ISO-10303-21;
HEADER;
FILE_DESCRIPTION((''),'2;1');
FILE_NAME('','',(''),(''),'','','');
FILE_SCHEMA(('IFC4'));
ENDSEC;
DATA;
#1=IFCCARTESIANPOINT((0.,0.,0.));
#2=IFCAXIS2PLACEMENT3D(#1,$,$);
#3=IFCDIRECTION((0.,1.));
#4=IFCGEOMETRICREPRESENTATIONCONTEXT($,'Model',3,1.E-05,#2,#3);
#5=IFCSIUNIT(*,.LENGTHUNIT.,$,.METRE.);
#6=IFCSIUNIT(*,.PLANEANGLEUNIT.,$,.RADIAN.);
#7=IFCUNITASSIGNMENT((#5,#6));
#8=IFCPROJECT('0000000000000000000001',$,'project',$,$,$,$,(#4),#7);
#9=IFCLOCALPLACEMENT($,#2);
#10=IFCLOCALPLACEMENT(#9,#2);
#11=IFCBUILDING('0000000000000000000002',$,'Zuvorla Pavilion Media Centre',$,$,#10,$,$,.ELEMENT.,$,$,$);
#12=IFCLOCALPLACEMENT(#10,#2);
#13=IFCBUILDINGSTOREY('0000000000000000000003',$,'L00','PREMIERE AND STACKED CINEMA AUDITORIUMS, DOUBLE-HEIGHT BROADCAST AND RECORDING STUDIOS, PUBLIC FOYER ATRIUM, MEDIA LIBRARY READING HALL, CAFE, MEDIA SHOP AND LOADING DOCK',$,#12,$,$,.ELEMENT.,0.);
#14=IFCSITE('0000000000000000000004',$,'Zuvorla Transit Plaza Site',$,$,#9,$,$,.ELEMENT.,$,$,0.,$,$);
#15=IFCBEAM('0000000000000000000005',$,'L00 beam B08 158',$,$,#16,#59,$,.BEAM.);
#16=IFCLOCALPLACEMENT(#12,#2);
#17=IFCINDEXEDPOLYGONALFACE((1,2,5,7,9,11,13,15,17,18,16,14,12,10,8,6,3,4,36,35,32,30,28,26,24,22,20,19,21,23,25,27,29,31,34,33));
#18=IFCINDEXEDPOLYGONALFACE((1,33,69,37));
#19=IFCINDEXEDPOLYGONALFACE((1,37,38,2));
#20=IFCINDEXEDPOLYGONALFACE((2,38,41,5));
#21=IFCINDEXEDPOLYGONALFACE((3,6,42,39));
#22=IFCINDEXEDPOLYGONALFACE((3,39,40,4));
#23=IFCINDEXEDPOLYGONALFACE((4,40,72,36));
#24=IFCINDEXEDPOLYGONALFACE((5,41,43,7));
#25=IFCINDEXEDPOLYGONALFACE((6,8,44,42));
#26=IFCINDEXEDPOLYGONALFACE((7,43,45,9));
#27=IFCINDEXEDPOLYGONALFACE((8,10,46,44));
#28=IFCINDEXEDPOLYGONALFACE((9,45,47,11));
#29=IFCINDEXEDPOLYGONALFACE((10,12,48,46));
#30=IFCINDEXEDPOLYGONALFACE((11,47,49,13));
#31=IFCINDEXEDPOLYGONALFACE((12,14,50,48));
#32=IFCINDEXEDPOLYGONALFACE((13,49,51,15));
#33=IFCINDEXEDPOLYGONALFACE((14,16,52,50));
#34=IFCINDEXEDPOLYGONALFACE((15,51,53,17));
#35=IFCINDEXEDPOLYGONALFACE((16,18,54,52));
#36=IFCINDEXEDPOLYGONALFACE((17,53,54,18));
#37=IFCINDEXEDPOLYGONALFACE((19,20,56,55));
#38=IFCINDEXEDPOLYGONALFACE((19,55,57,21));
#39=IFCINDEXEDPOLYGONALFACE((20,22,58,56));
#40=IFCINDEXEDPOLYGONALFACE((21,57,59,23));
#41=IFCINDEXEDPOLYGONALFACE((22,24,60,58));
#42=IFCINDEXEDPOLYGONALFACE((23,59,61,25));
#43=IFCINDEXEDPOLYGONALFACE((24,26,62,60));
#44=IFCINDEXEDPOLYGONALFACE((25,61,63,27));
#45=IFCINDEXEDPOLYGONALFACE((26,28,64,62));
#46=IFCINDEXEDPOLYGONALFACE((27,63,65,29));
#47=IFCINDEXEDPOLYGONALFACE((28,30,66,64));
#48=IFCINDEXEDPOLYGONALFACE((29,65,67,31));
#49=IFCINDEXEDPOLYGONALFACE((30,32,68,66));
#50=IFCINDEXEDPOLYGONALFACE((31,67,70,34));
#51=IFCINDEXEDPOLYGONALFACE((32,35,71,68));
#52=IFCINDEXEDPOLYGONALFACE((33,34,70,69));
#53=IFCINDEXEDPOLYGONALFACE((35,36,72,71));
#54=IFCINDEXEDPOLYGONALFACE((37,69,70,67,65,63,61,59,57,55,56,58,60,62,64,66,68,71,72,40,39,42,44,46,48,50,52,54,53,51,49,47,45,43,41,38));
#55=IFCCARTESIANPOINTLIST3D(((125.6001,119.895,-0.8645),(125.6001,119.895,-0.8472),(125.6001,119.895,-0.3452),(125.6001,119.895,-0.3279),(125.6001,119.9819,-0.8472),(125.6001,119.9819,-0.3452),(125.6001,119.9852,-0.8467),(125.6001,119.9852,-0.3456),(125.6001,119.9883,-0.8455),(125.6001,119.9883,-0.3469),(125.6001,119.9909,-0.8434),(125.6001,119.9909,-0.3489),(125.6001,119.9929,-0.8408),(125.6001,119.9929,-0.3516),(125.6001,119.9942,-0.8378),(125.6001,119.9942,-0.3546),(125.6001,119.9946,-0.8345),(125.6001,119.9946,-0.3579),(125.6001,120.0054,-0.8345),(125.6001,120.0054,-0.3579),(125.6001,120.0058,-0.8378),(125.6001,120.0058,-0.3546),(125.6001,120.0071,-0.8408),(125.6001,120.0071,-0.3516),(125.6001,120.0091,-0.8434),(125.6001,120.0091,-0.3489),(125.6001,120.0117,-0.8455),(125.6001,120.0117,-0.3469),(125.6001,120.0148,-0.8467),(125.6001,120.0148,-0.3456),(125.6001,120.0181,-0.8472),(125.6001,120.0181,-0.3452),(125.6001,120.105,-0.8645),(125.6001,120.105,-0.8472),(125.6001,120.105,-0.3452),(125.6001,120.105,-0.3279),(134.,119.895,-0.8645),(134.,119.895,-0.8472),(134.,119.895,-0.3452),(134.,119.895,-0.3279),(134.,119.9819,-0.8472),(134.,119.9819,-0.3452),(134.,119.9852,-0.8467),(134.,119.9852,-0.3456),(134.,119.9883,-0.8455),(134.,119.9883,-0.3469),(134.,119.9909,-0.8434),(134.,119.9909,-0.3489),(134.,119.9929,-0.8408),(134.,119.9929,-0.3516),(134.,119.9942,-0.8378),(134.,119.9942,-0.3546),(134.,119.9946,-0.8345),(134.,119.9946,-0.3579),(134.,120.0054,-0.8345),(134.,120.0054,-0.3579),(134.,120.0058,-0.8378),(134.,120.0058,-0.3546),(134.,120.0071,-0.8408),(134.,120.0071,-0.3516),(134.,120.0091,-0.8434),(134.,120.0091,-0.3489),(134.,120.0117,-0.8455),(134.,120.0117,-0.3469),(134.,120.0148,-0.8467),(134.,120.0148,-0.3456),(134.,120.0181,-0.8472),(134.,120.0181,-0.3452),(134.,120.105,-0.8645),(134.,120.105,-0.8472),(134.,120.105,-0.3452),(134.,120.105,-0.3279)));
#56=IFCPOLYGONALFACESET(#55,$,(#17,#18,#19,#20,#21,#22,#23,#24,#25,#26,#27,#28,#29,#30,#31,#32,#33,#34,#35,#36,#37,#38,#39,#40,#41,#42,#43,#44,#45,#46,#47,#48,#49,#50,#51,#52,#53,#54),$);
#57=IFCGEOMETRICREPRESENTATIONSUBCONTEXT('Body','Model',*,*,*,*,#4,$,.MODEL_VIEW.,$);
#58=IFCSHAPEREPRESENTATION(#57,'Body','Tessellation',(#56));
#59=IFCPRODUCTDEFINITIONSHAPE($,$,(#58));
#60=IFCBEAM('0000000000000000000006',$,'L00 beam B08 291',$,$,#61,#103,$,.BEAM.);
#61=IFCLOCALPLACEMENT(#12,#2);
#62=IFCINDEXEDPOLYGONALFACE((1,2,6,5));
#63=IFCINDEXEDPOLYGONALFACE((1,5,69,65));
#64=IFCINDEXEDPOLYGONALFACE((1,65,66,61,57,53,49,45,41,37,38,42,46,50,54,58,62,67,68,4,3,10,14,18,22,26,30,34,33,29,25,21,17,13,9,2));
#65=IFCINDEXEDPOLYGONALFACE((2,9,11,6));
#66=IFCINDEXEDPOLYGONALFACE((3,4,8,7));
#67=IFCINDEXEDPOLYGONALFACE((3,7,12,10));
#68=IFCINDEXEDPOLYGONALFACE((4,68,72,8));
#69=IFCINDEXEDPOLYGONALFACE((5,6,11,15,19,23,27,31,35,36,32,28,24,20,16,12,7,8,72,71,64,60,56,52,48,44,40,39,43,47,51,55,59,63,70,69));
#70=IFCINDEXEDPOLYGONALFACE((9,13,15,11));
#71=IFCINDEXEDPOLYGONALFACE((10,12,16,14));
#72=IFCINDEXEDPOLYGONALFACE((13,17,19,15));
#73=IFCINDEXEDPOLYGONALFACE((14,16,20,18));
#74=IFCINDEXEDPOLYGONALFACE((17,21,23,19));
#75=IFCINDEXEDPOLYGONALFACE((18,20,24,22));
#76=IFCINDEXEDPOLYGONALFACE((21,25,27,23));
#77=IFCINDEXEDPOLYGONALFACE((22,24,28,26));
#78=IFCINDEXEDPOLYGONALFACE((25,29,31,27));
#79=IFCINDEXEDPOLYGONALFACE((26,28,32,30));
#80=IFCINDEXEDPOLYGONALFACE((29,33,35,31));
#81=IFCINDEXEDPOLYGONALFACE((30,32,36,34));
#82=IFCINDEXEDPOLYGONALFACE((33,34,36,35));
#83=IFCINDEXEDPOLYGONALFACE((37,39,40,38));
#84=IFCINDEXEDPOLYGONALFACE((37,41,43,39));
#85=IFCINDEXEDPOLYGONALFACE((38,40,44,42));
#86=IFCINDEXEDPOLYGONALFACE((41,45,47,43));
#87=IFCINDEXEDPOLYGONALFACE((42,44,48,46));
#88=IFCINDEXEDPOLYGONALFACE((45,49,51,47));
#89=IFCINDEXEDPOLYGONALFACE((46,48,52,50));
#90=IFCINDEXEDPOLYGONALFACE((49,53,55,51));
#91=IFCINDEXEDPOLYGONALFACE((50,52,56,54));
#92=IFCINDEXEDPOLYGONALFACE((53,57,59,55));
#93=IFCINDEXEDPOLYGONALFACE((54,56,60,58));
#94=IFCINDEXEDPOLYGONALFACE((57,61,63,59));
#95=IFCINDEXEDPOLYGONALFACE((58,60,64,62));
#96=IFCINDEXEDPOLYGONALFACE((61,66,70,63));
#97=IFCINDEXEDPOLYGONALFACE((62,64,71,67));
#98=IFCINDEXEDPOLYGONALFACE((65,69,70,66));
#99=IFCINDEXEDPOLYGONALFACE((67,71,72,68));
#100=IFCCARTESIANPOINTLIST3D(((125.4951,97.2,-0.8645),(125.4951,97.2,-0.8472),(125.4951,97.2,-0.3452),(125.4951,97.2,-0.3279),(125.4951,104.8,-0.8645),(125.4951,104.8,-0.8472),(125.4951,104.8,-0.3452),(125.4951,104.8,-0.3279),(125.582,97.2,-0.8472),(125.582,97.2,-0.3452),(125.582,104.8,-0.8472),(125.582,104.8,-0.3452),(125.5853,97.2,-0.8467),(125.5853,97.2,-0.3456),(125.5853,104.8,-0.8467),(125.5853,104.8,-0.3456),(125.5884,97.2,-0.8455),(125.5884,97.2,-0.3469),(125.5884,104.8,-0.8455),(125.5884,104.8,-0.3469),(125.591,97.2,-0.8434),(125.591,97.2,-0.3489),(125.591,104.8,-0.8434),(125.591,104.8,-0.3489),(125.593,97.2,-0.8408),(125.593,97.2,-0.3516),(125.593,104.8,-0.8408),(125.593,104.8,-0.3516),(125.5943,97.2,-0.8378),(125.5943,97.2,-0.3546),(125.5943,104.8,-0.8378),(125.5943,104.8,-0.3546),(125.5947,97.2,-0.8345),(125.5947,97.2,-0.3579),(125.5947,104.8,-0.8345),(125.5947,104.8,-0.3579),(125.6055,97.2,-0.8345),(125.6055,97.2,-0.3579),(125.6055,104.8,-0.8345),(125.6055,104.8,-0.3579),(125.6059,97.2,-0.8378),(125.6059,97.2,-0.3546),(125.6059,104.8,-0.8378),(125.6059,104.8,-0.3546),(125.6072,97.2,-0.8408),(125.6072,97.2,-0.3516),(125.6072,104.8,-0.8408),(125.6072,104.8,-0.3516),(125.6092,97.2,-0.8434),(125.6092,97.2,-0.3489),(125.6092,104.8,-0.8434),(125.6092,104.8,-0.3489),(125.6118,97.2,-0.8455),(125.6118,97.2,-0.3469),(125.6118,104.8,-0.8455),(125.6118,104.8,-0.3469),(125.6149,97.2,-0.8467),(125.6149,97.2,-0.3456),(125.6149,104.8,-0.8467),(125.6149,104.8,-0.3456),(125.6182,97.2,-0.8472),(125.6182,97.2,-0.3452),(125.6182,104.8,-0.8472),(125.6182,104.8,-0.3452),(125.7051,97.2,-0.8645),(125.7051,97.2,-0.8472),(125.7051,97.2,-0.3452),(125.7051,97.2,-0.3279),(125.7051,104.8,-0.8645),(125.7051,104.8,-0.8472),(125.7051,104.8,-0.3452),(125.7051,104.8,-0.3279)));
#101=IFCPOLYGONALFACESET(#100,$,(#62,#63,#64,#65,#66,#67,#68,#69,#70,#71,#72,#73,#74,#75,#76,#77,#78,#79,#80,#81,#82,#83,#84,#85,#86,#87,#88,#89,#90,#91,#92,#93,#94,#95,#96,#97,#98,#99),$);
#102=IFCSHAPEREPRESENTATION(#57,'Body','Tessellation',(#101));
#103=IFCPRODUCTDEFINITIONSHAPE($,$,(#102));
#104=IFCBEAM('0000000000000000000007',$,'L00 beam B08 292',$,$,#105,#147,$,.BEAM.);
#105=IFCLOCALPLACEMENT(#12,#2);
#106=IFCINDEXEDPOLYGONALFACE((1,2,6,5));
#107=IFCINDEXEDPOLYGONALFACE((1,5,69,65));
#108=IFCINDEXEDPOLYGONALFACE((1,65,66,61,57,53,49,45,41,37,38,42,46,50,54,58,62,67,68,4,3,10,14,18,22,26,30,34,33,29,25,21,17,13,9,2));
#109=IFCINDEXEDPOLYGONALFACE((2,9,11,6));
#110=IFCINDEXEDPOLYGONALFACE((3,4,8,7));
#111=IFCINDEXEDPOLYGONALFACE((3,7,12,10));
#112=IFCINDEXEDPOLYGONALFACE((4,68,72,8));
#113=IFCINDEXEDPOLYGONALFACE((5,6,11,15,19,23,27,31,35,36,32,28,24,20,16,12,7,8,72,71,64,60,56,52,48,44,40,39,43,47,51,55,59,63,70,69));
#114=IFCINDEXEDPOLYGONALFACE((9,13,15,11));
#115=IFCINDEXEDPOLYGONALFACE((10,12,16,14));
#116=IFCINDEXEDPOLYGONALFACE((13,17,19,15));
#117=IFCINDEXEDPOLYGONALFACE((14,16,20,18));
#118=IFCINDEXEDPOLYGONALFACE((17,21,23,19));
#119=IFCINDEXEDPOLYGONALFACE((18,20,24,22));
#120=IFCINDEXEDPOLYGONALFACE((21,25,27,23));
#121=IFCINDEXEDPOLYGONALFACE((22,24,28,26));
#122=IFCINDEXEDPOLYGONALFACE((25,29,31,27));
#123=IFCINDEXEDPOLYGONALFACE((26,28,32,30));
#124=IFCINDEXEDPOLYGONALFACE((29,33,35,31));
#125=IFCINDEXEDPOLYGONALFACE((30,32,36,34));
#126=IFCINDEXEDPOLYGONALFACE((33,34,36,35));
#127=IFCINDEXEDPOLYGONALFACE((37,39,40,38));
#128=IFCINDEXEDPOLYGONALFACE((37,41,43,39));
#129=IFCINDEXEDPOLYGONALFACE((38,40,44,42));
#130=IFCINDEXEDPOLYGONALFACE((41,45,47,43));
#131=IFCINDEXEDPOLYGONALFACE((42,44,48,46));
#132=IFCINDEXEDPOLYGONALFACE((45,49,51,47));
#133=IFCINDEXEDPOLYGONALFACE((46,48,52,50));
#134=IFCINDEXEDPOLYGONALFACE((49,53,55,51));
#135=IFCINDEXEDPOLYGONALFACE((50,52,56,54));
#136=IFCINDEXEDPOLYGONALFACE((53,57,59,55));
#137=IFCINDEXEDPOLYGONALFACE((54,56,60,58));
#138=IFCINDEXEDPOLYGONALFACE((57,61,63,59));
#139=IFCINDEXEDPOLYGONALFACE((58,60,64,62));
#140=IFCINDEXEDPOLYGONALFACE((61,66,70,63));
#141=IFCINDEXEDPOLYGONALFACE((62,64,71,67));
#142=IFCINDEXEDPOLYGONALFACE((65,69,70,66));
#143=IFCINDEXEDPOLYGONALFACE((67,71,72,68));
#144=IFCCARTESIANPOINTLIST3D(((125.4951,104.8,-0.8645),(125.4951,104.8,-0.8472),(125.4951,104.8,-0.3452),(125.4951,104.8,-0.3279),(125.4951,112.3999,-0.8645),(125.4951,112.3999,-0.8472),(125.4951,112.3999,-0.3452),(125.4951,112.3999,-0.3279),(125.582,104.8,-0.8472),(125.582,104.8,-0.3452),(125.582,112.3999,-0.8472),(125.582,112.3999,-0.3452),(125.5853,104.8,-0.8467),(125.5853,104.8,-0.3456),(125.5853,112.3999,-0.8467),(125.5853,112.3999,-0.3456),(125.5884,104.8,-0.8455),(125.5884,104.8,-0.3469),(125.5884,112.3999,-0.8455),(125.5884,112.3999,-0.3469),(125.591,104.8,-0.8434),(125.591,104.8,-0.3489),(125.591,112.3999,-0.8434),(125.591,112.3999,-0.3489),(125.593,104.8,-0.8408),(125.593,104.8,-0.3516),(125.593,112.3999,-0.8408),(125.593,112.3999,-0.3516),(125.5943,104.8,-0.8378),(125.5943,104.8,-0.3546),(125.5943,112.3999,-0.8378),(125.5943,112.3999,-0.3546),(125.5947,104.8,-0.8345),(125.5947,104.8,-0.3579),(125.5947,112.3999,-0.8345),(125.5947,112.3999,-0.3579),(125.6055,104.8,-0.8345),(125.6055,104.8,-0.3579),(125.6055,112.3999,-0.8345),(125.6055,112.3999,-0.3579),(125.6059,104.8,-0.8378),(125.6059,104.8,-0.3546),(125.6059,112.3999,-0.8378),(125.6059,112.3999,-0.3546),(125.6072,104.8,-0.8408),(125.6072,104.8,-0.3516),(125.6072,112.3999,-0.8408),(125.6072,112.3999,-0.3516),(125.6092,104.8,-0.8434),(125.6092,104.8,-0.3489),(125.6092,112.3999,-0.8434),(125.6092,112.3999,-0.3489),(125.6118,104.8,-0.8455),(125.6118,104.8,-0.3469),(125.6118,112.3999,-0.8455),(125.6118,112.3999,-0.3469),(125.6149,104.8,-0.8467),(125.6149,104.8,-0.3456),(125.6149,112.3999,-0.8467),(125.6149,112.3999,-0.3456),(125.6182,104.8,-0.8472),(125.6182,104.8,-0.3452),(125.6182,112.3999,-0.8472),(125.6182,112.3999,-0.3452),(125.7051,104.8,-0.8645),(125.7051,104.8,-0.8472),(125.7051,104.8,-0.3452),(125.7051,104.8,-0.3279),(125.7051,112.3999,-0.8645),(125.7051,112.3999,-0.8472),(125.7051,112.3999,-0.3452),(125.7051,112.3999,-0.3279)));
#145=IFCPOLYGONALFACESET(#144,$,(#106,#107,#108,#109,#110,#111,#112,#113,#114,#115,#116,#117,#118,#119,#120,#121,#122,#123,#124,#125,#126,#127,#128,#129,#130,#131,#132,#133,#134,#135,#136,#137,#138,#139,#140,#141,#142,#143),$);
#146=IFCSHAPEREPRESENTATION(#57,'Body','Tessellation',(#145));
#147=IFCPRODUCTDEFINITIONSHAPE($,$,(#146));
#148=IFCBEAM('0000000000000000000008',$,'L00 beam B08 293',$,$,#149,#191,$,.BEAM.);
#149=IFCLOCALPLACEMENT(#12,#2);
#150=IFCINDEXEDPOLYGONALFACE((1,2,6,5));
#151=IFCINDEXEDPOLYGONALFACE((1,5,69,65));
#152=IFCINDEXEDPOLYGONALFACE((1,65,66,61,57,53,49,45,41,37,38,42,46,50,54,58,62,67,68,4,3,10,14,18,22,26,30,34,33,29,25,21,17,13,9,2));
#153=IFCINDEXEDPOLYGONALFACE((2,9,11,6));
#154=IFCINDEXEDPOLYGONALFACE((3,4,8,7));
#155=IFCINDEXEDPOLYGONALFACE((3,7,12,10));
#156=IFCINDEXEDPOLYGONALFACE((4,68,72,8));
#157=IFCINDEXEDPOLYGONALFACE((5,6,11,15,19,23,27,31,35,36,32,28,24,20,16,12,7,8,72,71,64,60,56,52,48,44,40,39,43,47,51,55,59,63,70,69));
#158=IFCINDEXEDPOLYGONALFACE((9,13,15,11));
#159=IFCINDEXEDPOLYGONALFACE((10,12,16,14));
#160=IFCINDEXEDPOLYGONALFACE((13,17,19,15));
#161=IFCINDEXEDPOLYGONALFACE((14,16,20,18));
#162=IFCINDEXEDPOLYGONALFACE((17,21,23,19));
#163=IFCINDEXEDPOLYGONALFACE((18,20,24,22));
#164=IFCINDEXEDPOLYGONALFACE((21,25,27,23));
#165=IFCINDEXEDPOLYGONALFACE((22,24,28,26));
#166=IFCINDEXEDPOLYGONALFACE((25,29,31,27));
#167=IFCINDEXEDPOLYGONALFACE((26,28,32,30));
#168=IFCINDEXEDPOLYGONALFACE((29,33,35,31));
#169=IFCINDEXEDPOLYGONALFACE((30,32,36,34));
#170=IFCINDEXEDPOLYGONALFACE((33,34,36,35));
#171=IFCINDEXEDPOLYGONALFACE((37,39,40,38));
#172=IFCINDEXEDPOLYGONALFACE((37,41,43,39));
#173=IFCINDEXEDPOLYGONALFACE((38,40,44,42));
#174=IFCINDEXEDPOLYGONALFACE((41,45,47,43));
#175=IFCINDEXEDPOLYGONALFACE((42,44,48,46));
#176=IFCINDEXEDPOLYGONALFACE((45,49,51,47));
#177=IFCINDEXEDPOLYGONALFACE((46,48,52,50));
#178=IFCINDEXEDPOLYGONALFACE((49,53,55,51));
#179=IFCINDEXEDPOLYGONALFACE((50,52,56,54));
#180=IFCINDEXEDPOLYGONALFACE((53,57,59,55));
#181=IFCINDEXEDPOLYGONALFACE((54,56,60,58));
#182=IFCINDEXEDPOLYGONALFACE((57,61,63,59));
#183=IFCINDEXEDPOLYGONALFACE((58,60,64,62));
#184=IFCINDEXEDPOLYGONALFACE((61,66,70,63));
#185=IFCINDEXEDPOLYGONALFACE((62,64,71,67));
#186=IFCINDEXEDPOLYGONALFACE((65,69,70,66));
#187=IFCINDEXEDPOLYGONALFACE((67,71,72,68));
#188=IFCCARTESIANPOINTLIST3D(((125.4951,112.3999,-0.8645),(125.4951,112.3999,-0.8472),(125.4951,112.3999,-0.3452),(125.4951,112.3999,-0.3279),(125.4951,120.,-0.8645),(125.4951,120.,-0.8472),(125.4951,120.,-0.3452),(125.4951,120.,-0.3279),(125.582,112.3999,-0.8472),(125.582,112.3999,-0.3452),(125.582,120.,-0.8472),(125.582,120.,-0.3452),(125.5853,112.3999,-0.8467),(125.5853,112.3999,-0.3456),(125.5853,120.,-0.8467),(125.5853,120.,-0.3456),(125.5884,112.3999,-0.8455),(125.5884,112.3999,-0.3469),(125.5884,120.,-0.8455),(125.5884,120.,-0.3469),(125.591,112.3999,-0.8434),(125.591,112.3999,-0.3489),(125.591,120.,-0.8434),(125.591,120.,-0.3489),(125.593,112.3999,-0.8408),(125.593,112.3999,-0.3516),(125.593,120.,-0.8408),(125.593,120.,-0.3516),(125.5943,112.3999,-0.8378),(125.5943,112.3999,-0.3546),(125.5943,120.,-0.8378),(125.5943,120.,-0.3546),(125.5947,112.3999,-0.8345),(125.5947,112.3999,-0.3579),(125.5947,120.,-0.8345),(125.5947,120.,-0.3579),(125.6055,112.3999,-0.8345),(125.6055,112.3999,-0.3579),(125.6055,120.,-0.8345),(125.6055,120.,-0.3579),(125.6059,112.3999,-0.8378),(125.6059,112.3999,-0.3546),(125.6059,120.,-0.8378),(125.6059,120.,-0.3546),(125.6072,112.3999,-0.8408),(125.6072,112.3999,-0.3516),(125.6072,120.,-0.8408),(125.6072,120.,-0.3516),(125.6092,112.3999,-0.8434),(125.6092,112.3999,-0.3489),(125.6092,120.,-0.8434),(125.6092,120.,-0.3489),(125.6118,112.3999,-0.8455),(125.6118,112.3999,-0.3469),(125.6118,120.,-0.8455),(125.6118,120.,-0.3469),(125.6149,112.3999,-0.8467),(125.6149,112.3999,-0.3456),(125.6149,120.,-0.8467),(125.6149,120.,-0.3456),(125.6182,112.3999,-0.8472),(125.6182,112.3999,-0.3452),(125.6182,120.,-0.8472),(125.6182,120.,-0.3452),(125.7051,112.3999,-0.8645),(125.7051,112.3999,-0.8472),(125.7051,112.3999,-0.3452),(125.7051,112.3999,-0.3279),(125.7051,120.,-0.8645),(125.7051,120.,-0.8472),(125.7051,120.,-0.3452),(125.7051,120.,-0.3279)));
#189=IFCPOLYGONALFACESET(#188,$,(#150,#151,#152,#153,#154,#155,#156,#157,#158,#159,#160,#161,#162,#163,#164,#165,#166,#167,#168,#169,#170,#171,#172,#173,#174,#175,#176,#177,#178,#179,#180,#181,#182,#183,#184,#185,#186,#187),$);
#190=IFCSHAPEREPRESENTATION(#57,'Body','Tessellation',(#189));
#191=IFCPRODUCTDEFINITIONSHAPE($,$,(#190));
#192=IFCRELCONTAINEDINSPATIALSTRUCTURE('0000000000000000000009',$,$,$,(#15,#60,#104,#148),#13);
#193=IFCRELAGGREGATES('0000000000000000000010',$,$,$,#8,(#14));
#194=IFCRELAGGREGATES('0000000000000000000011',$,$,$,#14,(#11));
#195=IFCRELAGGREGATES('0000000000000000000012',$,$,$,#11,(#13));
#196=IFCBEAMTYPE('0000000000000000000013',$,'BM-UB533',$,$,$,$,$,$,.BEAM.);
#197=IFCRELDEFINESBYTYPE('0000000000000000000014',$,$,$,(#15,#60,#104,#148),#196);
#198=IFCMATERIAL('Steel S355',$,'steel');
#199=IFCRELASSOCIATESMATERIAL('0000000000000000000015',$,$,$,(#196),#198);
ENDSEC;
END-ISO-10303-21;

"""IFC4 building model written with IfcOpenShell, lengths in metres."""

from ifc_helpers import new_model, si_unit, direction, frame, origin, origin_2d, place, context, subcontext, project, spatial, i_section, extrude, material, material_profile, profile_set, type_object, element, save


model = new_model("IFC4")

# Units and contexts
model_context = context("Model", 3, precision=1e-05, world=origin(), true_north=direction((0.0, 1.0)))
body_context = subcontext(model_context, "Body", "Model", "MODEL_VIEW")
ifc_project = project(units=[si_unit("LENGTHUNIT", "METRE"), si_unit("PLANEANGLEUNIT", "RADIAN")], contexts=[model_context])

# Site, building, storey
site_placement = place(None, origin())
site = spatial("IfcSite", under=ifc_project, at=site_placement, Name="Zuvorla Transit Plaza Site", CompositionType="ELEMENT", RefElevation=0.0)
building_placement = place(site_placement, origin())
building = spatial("IfcBuilding", under=site, at=building_placement, Name="Zuvorla Pavilion Media Centre", CompositionType="ELEMENT")
storey_placement = place(building_placement, origin())
storey = spatial("IfcBuildingStorey", under=building, at=storey_placement, Name="L00", Description="PREMIERE AND STACKED CINEMA AUDITORIUMS, DOUBLE-HEIGHT BROADCAST AND RECORDING STUDIOS, PUBLIC FOYER ATRIUM, MEDIA LIBRARY READING HALL, CAFE, MEDIA SHOP AND LOADING DOCK", CompositionType="ELEMENT", Elevation=0.0)

# Beams
ifc_material_1 = material(Name="Steel S355", Category="steel")
ifc_material_profile_1 = material_profile(ifc_material_1, i_section(OverallWidth=0.21, OverallDepth=0.5366, WebThickness=0.0107, FlangeThickness=0.0173, FilletRadius=0.0127, at=origin_2d()), Name="UB 533x210x101")
ifc_profile_set_1 = profile_set([ifc_material_profile_1], Name="Steel S355")
beam_type_1 = type_object("IfcBeamType", Name="BM-UB533", PredefinedType="BEAM", material=ifc_profile_set_1)
for number, where, z_axis, x_axis, name in (
    (1, (125.6001, 120.0, -0.5962), (1.0, 0.0, 0.0), (0.0, 1.0, 0.0), "L00 beam B08 158"),
):
    element("IfcBeam", number, at=place(storey_placement, frame(where, z_axis=z_axis, x_axis=x_axis)), inside=storey, type_object=beam_type_1, Name=name, PredefinedType="BEAM", context=body_context, shape_type="SweptSolid", body=[
        extrude(i_section(OverallWidth=0.21, OverallDepth=0.5366, WebThickness=0.0107, FlangeThickness=0.0173, FilletRadius=0.0127, at=origin_2d()), origin(), (0.0, 0.0, 1.0), 8.3999),
    ])
beam_1_placement = place(storey_placement, frame((125.6001, 97.2, -0.5962), z_axis=(0.0, 1.0, 0.0), x_axis=(-1.0, 0.0, 0.0)))
element("IfcBeam", 2, at=beam_1_placement, inside=storey, type_object=beam_type_1, Name="L00 beam B08 291", PredefinedType="BEAM", context=body_context, shape_type="SweptSolid", body=[
    extrude(i_section(OverallWidth=0.21, OverallDepth=0.5366, WebThickness=0.0107, FlangeThickness=0.0173, FilletRadius=0.0127, at=origin_2d()), origin(), (0.0, 0.0, 1.0), 7.6001),
])
beam_2_placement = place(storey_placement, frame((125.6001, 104.8, -0.5962), z_axis=(0.0, 1.0, 0.0), x_axis=(-1.0, 0.0, 0.0)))
element("IfcBeam", 3, at=beam_2_placement, inside=storey, type_object=beam_type_1, Name="L00 beam B08 292", PredefinedType="BEAM", context=body_context, shape_type="SweptSolid", body=[
    extrude(i_section(OverallWidth=0.21, OverallDepth=0.5366, WebThickness=0.0107, FlangeThickness=0.0173, FilletRadius=0.0127, at=origin_2d()), origin(), (0.0, 0.0, 1.0), 7.5999),
])
for number, where, z_axis, x_axis, name in (
    (4, (125.6001, 112.3999, -0.5962), (0.0, 1.0, 0.0), (-1.0, 0.0, 0.0), "L00 beam B08 293"),
):
    element("IfcBeam", number, at=place(storey_placement, frame(where, z_axis=z_axis, x_axis=x_axis)), inside=storey, type_object=beam_type_1, Name=name, PredefinedType="BEAM", context=body_context, shape_type="SweptSolid", body=[
        extrude(i_section(OverallWidth=0.21, OverallDepth=0.5366, WebThickness=0.0107, FlangeThickness=0.0173, FilletRadius=0.0127, at=origin_2d()), origin(), (0.0, 0.0, 1.0), 7.6001),
    ])

save(model, "model.ifc")
